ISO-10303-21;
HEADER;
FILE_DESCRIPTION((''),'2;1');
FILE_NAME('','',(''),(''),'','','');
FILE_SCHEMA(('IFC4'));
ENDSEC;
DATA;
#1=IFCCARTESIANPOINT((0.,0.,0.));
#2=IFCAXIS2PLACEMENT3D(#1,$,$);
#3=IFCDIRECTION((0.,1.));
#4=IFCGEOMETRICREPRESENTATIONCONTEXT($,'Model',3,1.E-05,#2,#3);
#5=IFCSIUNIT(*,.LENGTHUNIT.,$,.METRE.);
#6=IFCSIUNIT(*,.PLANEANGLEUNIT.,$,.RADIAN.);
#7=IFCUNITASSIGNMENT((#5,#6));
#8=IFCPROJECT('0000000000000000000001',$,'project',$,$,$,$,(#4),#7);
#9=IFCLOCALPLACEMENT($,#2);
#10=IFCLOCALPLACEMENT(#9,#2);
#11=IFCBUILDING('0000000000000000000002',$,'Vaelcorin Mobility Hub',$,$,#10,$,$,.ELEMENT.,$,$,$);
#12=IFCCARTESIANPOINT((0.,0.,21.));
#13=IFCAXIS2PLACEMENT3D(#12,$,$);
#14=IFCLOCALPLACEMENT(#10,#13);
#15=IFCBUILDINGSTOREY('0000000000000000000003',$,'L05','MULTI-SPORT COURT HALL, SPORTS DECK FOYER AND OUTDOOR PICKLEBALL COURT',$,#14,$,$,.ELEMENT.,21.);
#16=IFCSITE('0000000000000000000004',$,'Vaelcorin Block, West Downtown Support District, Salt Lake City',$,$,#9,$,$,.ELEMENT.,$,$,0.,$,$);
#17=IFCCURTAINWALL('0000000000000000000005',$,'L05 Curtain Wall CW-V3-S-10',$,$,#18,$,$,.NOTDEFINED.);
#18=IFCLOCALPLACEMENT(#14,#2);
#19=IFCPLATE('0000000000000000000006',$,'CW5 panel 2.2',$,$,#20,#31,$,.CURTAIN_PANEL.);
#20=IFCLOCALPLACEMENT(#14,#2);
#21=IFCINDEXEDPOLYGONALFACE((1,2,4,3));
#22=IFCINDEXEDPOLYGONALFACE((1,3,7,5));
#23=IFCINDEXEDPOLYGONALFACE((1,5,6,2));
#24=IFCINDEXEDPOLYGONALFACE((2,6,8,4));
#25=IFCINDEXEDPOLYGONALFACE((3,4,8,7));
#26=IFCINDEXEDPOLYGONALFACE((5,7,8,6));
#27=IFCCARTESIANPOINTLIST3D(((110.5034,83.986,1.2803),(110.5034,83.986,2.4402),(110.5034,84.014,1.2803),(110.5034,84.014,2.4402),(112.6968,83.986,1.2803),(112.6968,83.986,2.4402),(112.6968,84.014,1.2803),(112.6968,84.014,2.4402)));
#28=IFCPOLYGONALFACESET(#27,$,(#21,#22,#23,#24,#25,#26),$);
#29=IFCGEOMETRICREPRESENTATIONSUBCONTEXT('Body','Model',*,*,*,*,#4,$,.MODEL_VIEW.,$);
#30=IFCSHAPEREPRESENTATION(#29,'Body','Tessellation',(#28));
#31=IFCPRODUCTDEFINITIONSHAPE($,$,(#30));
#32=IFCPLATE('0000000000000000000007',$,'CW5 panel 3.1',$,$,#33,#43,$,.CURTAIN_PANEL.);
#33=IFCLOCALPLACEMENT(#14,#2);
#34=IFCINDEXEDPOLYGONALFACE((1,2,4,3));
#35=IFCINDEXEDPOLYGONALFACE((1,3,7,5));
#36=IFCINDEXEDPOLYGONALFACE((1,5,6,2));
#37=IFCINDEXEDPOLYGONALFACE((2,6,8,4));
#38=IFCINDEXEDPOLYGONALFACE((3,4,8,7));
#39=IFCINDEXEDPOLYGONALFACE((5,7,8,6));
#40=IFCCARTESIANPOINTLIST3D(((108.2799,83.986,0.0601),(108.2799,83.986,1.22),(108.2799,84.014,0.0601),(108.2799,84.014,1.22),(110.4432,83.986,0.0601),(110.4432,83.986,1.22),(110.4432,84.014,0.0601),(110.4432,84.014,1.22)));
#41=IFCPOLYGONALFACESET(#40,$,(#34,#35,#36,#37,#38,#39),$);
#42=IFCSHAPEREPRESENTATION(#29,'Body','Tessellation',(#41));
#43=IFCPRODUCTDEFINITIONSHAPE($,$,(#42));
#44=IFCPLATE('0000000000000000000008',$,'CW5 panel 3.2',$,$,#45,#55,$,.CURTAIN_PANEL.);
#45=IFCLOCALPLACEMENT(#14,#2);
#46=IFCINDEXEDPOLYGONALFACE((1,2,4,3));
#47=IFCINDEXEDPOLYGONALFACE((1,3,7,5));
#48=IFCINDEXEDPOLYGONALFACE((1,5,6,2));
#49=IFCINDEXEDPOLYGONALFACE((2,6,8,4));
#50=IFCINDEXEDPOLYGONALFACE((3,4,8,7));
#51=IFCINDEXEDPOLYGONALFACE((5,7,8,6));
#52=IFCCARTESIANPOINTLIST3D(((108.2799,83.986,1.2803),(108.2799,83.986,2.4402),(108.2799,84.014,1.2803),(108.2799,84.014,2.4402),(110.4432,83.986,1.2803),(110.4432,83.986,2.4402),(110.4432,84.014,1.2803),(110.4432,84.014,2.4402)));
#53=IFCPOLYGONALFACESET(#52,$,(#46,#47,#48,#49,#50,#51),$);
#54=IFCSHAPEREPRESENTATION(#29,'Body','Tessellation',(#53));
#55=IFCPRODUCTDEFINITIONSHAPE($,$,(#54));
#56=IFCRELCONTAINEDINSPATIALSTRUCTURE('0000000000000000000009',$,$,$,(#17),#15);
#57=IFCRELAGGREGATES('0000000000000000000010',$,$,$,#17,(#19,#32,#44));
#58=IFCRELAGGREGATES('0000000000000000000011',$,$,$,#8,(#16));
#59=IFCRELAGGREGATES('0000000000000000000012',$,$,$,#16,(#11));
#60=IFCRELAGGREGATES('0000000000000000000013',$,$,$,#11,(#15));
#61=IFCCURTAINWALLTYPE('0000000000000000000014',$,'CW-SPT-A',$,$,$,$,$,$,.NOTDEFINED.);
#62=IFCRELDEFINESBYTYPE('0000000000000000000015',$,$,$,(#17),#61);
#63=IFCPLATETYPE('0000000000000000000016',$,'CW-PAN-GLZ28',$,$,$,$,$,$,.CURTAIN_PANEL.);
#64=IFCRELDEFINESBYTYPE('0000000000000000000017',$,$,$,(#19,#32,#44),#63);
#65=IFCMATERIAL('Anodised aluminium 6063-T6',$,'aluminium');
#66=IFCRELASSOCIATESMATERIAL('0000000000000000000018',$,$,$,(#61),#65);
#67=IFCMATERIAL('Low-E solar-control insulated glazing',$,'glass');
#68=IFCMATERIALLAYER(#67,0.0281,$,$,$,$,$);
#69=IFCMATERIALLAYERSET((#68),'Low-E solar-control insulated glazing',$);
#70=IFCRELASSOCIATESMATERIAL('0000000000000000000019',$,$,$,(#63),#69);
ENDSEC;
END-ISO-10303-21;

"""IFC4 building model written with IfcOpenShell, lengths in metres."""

from ifc_helpers import new_model, si_unit, direction, frame, origin, origin_2d, place, context, subcontext, project, spatial, rectangle, extrude, material, layer, layer_set, type_object, element, aggregate, save


model = new_model("IFC4")

# Units and contexts
model_context = context("Model", 3, precision=1e-05, world=origin(), true_north=direction((0.0, 1.0)))
body_context = subcontext(model_context, "Body", "Model", "MODEL_VIEW")
ifc_project = project(units=[si_unit("LENGTHUNIT", "METRE"), si_unit("PLANEANGLEUNIT", "RADIAN")], contexts=[model_context])

# Site, building, storey
site_placement = place(None, origin())
site = spatial("IfcSite", under=ifc_project, at=site_placement, Name="Vaelcorin Block, West Downtown Support District, Salt Lake City", CompositionType="ELEMENT", RefElevation=0.0)
building_placement = place(site_placement, origin())
building = spatial("IfcBuilding", under=site, at=building_placement, Name="Vaelcorin Mobility Hub", CompositionType="ELEMENT")
storey_placement = place(building_placement, frame((0.0, 0.0, 21.0)))
storey = spatial("IfcBuildingStorey", under=building, at=storey_placement, Name="L05", Description="MULTI-SPORT COURT HALL, SPORTS DECK FOYER AND OUTDOOR PICKLEBALL COURT", CompositionType="ELEMENT", Elevation=21.0)

# Curtain wall
ifc_material_1 = material(Name="Anodised aluminium 6063-T6", Category="aluminium")
curtain_wall_type = type_object("IfcCurtainWallType", Name="CW-SPT-A", PredefinedType="NOTDEFINED", material=ifc_material_1)
curtain_wall_1_placement = place(storey_placement, origin())
curtain_wall_1 = element("IfcCurtainWall", 1, at=curtain_wall_1_placement, inside=storey, type_object=curtain_wall_type, Name="L05 Curtain Wall CW-V3-S-10", PredefinedType="NOTDEFINED")

# Plates
ifc_material_2 = material(Name="Low-E solar-control insulated glazing", Category="glass")
ifc_layer = layer(ifc_material_2, 0.0281)
ifc_layer_set = layer_set([ifc_layer], Name="Low-E solar-control insulated glazing")
plate_type = type_object("IfcPlateType", Name="CW-PAN-GLZ28", PredefinedType="CURTAIN_PANEL", material=ifc_layer_set)
plate_1_placement = place(storey_placement, frame((111.6001, 84.0, 1.2803), z_axis=(0.0, 0.0, 1.0), x_axis=(-1.0, 0.0, 0.0)))
plate_1 = element("IfcPlate", 2, at=plate_1_placement, type_object=plate_type, Name="CW5 panel 2.2", PredefinedType="CURTAIN_PANEL", context=body_context, shape_type="SweptSolid", body=[
    extrude(rectangle(XDim=2.1934, YDim=0.0281, at=origin_2d()), origin(), (0.0, 0.0, 1.0), 1.1599),
])
plate_2_placement = place(storey_placement, frame((109.3616, 84.0, 0.0601), z_axis=(0.0, 0.0, 1.0), x_axis=(-1.0, 0.0, 0.0)))
plate_2 = element("IfcPlate", 3, at=plate_2_placement, type_object=plate_type, Name="CW5 panel 3.1", PredefinedType="CURTAIN_PANEL", context=body_context, shape_type="SweptSolid", body=[
    extrude(rectangle(XDim=2.1633, YDim=0.0281, at=origin_2d()), origin(), (0.0, 0.0, 1.0), 1.1599),
])
plate_3_placement = place(storey_placement, frame((109.3616, 84.0, 1.2803), z_axis=(0.0, 0.0, 1.0), x_axis=(-1.0, 0.0, 0.0)))
plate_3 = element("IfcPlate", 4, at=plate_3_placement, type_object=plate_type, Name="CW5 panel 3.2", PredefinedType="CURTAIN_PANEL", context=body_context, shape_type="SweptSolid", body=[
    extrude(rectangle(XDim=2.1633, YDim=0.0281, at=origin_2d()), origin(), (0.0, 0.0, 1.0), 1.1599),
])
aggregate(curtain_wall_1, [plate_1, plate_2, plate_3])

save(model, "model.ifc")
